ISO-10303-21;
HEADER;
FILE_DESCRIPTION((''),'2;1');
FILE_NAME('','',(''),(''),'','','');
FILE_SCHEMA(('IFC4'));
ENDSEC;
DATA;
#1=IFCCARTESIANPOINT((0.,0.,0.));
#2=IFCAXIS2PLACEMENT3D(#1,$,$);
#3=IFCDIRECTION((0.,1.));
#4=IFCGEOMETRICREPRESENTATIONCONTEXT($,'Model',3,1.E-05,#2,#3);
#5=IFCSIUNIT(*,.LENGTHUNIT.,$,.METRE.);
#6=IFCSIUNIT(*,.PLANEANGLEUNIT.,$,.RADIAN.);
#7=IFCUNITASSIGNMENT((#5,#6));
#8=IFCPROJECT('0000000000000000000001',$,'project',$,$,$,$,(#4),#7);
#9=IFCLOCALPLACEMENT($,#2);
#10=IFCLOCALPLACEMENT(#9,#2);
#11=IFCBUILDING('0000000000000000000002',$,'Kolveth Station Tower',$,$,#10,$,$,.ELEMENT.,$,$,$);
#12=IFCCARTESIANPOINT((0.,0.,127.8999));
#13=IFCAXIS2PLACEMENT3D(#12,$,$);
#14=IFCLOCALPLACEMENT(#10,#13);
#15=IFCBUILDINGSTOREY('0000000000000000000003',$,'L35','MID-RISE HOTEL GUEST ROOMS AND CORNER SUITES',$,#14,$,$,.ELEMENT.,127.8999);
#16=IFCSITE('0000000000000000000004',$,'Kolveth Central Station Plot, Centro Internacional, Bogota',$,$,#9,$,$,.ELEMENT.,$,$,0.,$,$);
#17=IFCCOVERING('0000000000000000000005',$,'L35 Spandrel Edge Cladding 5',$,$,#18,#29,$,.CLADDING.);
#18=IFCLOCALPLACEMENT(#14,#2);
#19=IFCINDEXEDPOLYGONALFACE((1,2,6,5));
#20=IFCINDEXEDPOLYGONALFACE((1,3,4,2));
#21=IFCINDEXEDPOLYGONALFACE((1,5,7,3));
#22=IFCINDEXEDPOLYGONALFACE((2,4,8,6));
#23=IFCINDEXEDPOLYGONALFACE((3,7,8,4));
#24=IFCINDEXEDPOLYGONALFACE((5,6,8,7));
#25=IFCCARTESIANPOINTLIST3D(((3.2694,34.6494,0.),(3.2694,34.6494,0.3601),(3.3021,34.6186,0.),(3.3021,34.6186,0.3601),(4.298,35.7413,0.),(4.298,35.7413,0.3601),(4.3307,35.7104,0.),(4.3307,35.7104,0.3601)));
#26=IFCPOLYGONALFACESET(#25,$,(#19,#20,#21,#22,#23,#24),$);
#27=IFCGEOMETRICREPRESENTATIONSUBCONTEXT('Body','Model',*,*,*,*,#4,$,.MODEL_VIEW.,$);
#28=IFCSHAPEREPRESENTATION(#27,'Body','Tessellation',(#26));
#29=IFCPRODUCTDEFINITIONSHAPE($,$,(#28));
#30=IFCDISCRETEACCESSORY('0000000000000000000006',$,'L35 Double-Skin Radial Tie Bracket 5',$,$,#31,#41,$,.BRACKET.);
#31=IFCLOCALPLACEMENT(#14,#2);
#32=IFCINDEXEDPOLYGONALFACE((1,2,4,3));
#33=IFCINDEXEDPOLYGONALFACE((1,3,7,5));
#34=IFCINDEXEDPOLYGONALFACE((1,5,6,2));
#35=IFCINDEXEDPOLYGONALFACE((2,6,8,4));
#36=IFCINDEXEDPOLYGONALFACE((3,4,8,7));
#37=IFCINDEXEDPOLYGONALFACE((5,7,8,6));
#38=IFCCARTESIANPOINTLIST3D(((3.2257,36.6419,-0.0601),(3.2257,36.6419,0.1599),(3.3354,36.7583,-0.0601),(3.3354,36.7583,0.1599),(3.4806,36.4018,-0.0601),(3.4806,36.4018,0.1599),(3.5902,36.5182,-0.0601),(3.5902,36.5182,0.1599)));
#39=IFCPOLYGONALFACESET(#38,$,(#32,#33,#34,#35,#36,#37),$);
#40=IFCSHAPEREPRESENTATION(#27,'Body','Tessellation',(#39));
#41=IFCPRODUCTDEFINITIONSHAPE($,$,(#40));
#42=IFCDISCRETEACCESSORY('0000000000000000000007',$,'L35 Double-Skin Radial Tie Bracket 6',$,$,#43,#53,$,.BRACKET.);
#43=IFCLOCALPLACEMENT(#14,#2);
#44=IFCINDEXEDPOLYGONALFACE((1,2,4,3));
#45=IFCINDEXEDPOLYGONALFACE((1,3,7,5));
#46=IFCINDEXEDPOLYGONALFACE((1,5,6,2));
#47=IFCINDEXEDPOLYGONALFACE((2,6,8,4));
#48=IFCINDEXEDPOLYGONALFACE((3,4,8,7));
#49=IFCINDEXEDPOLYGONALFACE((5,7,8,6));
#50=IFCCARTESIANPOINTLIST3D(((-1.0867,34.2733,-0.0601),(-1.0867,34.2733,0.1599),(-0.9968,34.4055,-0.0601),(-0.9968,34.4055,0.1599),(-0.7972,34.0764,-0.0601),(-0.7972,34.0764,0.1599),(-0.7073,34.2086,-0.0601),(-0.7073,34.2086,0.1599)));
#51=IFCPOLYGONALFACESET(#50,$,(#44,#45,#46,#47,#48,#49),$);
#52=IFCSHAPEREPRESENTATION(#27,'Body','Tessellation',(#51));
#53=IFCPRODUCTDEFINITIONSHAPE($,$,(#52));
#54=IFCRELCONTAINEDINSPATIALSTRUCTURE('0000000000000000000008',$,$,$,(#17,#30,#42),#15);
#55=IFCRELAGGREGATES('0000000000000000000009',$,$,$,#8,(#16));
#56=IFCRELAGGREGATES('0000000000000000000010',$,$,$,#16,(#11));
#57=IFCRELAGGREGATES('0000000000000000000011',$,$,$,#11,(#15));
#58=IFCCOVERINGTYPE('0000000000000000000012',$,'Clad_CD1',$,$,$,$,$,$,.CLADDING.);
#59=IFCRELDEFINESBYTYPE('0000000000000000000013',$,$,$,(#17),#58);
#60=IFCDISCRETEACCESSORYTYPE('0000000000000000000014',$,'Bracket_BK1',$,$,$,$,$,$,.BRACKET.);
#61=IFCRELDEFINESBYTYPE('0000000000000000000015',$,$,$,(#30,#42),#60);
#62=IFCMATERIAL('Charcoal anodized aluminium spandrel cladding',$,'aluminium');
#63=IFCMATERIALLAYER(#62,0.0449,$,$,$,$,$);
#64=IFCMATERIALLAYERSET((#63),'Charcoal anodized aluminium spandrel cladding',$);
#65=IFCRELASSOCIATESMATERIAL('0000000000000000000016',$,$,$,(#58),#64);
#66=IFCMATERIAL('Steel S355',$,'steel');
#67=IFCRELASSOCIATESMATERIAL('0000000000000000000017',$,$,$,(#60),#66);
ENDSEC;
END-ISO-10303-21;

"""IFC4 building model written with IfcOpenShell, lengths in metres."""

from ifc_helpers import new_model, si_unit, direction, frame, origin, origin_2d, place, context, subcontext, project, spatial, rectangle, extrude, source, transform, mapped, material, layer, layer_set, type_object, element, save


model = new_model("IFC4")

# Units and contexts
model_context = context("Model", 3, precision=1e-05, world=origin(), true_north=direction((0.0, 1.0)))
body_context = subcontext(model_context, "Body", "Model", "MODEL_VIEW")
ifc_project = project(units=[si_unit("LENGTHUNIT", "METRE"), si_unit("PLANEANGLEUNIT", "RADIAN")], contexts=[model_context])

# Site, building, storey
site_placement = place(None, origin())
site = spatial("IfcSite", under=ifc_project, at=site_placement, Name="Kolveth Central Station Plot, Centro Internacional, Bogota", CompositionType="ELEMENT", RefElevation=0.0)
building_placement = place(site_placement, origin())
building = spatial("IfcBuilding", under=site, at=building_placement, Name="Kolveth Station Tower", CompositionType="ELEMENT")
storey_placement = place(building_placement, frame((0.0, 0.0, 127.8999)))
storey = spatial("IfcBuildingStorey", under=building, at=storey_placement, Name="L35", Description="MID-RISE HOTEL GUEST ROOMS AND CORNER SUITES", CompositionType="ELEMENT", Elevation=127.8999)

# Covering
ifc_material_1 = material(Name="Charcoal anodized aluminium spandrel cladding", Category="aluminium")
ifc_layer_1 = layer(ifc_material_1, 0.0449)
ifc_layer_set_1 = layer_set([ifc_layer_1], Name="Charcoal anodized aluminium spandrel cladding")
covering_type = type_object("IfcCoveringType", Name="Clad_CD1", PredefinedType="CLADDING", material=ifc_layer_set_1)
shared_shape_1 = source(origin(), body_context, "Body", "SweptSolid", [
    extrude(rectangle(XDim=1.5, YDim=0.0449, at=origin_2d()), origin(), (0.0, 0.0, 1.0), 0.3601),
])
covering_placement = place(storey_placement, frame((3.8, 35.1799, 0.0), z_axis=(0.0, 0.0, 1.0), x_axis=(-0.685691, -0.727892, 0.0)))
element("IfcCovering", 1, at=covering_placement, inside=storey, type_object=covering_type, Name="L35 Spandrel Edge Cladding 5", PredefinedType="CLADDING", context=body_context, shape_type="MappedRepresentation", body=[
    mapped(shared_shape_1, transform((0.0, 0.0, 0.0), x_axis=(1.0, 0.0, 0.0), y_axis=(0.0, 1.0, 0.0), z_axis=(0.0, 0.0, 1.0), scale=1.0)),
])

# Discrete accessories
ifc_material_2 = material(Name="Steel S355", Category="steel")
discrete_accessory_type = type_object("IfcDiscreteAccessoryType", Name="Bracket_BK1", PredefinedType="BRACKET", material=ifc_material_2)
shared_shape_2 = source(origin(), body_context, "Body", "SweptSolid", [
    extrude(rectangle(XDim=0.3501, YDim=0.1599, at=origin_2d()), origin(), (0.0, 0.0, 1.0), 0.22),
])
for number, where, z_axis, x_axis, name in (
    (2, (3.408, 36.5801, -0.0601), (0.0, 0.0, 1.0), (-0.727892, 0.685691, 0.0), "L35 Double-Skin Radial Tie Bracket 5"),
    (3, (-0.897, 34.241, -0.0601), (0.0, 0.0, 1.0), (-0.826884, 0.562372, 0.0), "L35 Double-Skin Radial Tie Bracket 6"),
):
    element("IfcDiscreteAccessory", number, at=place(storey_placement, frame(where, z_axis=z_axis, x_axis=x_axis)), inside=storey, type_object=discrete_accessory_type, Name=name, PredefinedType="BRACKET", context=body_context, shape_type="MappedRepresentation", body=[
        mapped(shared_shape_2, transform((0.0, 0.0, 0.0), x_axis=(1.0, 0.0, 0.0), y_axis=(0.0, 1.0, 0.0), z_axis=(0.0, 0.0, 1.0), scale=1.0)),
    ])

save(model, "model.ifc")
